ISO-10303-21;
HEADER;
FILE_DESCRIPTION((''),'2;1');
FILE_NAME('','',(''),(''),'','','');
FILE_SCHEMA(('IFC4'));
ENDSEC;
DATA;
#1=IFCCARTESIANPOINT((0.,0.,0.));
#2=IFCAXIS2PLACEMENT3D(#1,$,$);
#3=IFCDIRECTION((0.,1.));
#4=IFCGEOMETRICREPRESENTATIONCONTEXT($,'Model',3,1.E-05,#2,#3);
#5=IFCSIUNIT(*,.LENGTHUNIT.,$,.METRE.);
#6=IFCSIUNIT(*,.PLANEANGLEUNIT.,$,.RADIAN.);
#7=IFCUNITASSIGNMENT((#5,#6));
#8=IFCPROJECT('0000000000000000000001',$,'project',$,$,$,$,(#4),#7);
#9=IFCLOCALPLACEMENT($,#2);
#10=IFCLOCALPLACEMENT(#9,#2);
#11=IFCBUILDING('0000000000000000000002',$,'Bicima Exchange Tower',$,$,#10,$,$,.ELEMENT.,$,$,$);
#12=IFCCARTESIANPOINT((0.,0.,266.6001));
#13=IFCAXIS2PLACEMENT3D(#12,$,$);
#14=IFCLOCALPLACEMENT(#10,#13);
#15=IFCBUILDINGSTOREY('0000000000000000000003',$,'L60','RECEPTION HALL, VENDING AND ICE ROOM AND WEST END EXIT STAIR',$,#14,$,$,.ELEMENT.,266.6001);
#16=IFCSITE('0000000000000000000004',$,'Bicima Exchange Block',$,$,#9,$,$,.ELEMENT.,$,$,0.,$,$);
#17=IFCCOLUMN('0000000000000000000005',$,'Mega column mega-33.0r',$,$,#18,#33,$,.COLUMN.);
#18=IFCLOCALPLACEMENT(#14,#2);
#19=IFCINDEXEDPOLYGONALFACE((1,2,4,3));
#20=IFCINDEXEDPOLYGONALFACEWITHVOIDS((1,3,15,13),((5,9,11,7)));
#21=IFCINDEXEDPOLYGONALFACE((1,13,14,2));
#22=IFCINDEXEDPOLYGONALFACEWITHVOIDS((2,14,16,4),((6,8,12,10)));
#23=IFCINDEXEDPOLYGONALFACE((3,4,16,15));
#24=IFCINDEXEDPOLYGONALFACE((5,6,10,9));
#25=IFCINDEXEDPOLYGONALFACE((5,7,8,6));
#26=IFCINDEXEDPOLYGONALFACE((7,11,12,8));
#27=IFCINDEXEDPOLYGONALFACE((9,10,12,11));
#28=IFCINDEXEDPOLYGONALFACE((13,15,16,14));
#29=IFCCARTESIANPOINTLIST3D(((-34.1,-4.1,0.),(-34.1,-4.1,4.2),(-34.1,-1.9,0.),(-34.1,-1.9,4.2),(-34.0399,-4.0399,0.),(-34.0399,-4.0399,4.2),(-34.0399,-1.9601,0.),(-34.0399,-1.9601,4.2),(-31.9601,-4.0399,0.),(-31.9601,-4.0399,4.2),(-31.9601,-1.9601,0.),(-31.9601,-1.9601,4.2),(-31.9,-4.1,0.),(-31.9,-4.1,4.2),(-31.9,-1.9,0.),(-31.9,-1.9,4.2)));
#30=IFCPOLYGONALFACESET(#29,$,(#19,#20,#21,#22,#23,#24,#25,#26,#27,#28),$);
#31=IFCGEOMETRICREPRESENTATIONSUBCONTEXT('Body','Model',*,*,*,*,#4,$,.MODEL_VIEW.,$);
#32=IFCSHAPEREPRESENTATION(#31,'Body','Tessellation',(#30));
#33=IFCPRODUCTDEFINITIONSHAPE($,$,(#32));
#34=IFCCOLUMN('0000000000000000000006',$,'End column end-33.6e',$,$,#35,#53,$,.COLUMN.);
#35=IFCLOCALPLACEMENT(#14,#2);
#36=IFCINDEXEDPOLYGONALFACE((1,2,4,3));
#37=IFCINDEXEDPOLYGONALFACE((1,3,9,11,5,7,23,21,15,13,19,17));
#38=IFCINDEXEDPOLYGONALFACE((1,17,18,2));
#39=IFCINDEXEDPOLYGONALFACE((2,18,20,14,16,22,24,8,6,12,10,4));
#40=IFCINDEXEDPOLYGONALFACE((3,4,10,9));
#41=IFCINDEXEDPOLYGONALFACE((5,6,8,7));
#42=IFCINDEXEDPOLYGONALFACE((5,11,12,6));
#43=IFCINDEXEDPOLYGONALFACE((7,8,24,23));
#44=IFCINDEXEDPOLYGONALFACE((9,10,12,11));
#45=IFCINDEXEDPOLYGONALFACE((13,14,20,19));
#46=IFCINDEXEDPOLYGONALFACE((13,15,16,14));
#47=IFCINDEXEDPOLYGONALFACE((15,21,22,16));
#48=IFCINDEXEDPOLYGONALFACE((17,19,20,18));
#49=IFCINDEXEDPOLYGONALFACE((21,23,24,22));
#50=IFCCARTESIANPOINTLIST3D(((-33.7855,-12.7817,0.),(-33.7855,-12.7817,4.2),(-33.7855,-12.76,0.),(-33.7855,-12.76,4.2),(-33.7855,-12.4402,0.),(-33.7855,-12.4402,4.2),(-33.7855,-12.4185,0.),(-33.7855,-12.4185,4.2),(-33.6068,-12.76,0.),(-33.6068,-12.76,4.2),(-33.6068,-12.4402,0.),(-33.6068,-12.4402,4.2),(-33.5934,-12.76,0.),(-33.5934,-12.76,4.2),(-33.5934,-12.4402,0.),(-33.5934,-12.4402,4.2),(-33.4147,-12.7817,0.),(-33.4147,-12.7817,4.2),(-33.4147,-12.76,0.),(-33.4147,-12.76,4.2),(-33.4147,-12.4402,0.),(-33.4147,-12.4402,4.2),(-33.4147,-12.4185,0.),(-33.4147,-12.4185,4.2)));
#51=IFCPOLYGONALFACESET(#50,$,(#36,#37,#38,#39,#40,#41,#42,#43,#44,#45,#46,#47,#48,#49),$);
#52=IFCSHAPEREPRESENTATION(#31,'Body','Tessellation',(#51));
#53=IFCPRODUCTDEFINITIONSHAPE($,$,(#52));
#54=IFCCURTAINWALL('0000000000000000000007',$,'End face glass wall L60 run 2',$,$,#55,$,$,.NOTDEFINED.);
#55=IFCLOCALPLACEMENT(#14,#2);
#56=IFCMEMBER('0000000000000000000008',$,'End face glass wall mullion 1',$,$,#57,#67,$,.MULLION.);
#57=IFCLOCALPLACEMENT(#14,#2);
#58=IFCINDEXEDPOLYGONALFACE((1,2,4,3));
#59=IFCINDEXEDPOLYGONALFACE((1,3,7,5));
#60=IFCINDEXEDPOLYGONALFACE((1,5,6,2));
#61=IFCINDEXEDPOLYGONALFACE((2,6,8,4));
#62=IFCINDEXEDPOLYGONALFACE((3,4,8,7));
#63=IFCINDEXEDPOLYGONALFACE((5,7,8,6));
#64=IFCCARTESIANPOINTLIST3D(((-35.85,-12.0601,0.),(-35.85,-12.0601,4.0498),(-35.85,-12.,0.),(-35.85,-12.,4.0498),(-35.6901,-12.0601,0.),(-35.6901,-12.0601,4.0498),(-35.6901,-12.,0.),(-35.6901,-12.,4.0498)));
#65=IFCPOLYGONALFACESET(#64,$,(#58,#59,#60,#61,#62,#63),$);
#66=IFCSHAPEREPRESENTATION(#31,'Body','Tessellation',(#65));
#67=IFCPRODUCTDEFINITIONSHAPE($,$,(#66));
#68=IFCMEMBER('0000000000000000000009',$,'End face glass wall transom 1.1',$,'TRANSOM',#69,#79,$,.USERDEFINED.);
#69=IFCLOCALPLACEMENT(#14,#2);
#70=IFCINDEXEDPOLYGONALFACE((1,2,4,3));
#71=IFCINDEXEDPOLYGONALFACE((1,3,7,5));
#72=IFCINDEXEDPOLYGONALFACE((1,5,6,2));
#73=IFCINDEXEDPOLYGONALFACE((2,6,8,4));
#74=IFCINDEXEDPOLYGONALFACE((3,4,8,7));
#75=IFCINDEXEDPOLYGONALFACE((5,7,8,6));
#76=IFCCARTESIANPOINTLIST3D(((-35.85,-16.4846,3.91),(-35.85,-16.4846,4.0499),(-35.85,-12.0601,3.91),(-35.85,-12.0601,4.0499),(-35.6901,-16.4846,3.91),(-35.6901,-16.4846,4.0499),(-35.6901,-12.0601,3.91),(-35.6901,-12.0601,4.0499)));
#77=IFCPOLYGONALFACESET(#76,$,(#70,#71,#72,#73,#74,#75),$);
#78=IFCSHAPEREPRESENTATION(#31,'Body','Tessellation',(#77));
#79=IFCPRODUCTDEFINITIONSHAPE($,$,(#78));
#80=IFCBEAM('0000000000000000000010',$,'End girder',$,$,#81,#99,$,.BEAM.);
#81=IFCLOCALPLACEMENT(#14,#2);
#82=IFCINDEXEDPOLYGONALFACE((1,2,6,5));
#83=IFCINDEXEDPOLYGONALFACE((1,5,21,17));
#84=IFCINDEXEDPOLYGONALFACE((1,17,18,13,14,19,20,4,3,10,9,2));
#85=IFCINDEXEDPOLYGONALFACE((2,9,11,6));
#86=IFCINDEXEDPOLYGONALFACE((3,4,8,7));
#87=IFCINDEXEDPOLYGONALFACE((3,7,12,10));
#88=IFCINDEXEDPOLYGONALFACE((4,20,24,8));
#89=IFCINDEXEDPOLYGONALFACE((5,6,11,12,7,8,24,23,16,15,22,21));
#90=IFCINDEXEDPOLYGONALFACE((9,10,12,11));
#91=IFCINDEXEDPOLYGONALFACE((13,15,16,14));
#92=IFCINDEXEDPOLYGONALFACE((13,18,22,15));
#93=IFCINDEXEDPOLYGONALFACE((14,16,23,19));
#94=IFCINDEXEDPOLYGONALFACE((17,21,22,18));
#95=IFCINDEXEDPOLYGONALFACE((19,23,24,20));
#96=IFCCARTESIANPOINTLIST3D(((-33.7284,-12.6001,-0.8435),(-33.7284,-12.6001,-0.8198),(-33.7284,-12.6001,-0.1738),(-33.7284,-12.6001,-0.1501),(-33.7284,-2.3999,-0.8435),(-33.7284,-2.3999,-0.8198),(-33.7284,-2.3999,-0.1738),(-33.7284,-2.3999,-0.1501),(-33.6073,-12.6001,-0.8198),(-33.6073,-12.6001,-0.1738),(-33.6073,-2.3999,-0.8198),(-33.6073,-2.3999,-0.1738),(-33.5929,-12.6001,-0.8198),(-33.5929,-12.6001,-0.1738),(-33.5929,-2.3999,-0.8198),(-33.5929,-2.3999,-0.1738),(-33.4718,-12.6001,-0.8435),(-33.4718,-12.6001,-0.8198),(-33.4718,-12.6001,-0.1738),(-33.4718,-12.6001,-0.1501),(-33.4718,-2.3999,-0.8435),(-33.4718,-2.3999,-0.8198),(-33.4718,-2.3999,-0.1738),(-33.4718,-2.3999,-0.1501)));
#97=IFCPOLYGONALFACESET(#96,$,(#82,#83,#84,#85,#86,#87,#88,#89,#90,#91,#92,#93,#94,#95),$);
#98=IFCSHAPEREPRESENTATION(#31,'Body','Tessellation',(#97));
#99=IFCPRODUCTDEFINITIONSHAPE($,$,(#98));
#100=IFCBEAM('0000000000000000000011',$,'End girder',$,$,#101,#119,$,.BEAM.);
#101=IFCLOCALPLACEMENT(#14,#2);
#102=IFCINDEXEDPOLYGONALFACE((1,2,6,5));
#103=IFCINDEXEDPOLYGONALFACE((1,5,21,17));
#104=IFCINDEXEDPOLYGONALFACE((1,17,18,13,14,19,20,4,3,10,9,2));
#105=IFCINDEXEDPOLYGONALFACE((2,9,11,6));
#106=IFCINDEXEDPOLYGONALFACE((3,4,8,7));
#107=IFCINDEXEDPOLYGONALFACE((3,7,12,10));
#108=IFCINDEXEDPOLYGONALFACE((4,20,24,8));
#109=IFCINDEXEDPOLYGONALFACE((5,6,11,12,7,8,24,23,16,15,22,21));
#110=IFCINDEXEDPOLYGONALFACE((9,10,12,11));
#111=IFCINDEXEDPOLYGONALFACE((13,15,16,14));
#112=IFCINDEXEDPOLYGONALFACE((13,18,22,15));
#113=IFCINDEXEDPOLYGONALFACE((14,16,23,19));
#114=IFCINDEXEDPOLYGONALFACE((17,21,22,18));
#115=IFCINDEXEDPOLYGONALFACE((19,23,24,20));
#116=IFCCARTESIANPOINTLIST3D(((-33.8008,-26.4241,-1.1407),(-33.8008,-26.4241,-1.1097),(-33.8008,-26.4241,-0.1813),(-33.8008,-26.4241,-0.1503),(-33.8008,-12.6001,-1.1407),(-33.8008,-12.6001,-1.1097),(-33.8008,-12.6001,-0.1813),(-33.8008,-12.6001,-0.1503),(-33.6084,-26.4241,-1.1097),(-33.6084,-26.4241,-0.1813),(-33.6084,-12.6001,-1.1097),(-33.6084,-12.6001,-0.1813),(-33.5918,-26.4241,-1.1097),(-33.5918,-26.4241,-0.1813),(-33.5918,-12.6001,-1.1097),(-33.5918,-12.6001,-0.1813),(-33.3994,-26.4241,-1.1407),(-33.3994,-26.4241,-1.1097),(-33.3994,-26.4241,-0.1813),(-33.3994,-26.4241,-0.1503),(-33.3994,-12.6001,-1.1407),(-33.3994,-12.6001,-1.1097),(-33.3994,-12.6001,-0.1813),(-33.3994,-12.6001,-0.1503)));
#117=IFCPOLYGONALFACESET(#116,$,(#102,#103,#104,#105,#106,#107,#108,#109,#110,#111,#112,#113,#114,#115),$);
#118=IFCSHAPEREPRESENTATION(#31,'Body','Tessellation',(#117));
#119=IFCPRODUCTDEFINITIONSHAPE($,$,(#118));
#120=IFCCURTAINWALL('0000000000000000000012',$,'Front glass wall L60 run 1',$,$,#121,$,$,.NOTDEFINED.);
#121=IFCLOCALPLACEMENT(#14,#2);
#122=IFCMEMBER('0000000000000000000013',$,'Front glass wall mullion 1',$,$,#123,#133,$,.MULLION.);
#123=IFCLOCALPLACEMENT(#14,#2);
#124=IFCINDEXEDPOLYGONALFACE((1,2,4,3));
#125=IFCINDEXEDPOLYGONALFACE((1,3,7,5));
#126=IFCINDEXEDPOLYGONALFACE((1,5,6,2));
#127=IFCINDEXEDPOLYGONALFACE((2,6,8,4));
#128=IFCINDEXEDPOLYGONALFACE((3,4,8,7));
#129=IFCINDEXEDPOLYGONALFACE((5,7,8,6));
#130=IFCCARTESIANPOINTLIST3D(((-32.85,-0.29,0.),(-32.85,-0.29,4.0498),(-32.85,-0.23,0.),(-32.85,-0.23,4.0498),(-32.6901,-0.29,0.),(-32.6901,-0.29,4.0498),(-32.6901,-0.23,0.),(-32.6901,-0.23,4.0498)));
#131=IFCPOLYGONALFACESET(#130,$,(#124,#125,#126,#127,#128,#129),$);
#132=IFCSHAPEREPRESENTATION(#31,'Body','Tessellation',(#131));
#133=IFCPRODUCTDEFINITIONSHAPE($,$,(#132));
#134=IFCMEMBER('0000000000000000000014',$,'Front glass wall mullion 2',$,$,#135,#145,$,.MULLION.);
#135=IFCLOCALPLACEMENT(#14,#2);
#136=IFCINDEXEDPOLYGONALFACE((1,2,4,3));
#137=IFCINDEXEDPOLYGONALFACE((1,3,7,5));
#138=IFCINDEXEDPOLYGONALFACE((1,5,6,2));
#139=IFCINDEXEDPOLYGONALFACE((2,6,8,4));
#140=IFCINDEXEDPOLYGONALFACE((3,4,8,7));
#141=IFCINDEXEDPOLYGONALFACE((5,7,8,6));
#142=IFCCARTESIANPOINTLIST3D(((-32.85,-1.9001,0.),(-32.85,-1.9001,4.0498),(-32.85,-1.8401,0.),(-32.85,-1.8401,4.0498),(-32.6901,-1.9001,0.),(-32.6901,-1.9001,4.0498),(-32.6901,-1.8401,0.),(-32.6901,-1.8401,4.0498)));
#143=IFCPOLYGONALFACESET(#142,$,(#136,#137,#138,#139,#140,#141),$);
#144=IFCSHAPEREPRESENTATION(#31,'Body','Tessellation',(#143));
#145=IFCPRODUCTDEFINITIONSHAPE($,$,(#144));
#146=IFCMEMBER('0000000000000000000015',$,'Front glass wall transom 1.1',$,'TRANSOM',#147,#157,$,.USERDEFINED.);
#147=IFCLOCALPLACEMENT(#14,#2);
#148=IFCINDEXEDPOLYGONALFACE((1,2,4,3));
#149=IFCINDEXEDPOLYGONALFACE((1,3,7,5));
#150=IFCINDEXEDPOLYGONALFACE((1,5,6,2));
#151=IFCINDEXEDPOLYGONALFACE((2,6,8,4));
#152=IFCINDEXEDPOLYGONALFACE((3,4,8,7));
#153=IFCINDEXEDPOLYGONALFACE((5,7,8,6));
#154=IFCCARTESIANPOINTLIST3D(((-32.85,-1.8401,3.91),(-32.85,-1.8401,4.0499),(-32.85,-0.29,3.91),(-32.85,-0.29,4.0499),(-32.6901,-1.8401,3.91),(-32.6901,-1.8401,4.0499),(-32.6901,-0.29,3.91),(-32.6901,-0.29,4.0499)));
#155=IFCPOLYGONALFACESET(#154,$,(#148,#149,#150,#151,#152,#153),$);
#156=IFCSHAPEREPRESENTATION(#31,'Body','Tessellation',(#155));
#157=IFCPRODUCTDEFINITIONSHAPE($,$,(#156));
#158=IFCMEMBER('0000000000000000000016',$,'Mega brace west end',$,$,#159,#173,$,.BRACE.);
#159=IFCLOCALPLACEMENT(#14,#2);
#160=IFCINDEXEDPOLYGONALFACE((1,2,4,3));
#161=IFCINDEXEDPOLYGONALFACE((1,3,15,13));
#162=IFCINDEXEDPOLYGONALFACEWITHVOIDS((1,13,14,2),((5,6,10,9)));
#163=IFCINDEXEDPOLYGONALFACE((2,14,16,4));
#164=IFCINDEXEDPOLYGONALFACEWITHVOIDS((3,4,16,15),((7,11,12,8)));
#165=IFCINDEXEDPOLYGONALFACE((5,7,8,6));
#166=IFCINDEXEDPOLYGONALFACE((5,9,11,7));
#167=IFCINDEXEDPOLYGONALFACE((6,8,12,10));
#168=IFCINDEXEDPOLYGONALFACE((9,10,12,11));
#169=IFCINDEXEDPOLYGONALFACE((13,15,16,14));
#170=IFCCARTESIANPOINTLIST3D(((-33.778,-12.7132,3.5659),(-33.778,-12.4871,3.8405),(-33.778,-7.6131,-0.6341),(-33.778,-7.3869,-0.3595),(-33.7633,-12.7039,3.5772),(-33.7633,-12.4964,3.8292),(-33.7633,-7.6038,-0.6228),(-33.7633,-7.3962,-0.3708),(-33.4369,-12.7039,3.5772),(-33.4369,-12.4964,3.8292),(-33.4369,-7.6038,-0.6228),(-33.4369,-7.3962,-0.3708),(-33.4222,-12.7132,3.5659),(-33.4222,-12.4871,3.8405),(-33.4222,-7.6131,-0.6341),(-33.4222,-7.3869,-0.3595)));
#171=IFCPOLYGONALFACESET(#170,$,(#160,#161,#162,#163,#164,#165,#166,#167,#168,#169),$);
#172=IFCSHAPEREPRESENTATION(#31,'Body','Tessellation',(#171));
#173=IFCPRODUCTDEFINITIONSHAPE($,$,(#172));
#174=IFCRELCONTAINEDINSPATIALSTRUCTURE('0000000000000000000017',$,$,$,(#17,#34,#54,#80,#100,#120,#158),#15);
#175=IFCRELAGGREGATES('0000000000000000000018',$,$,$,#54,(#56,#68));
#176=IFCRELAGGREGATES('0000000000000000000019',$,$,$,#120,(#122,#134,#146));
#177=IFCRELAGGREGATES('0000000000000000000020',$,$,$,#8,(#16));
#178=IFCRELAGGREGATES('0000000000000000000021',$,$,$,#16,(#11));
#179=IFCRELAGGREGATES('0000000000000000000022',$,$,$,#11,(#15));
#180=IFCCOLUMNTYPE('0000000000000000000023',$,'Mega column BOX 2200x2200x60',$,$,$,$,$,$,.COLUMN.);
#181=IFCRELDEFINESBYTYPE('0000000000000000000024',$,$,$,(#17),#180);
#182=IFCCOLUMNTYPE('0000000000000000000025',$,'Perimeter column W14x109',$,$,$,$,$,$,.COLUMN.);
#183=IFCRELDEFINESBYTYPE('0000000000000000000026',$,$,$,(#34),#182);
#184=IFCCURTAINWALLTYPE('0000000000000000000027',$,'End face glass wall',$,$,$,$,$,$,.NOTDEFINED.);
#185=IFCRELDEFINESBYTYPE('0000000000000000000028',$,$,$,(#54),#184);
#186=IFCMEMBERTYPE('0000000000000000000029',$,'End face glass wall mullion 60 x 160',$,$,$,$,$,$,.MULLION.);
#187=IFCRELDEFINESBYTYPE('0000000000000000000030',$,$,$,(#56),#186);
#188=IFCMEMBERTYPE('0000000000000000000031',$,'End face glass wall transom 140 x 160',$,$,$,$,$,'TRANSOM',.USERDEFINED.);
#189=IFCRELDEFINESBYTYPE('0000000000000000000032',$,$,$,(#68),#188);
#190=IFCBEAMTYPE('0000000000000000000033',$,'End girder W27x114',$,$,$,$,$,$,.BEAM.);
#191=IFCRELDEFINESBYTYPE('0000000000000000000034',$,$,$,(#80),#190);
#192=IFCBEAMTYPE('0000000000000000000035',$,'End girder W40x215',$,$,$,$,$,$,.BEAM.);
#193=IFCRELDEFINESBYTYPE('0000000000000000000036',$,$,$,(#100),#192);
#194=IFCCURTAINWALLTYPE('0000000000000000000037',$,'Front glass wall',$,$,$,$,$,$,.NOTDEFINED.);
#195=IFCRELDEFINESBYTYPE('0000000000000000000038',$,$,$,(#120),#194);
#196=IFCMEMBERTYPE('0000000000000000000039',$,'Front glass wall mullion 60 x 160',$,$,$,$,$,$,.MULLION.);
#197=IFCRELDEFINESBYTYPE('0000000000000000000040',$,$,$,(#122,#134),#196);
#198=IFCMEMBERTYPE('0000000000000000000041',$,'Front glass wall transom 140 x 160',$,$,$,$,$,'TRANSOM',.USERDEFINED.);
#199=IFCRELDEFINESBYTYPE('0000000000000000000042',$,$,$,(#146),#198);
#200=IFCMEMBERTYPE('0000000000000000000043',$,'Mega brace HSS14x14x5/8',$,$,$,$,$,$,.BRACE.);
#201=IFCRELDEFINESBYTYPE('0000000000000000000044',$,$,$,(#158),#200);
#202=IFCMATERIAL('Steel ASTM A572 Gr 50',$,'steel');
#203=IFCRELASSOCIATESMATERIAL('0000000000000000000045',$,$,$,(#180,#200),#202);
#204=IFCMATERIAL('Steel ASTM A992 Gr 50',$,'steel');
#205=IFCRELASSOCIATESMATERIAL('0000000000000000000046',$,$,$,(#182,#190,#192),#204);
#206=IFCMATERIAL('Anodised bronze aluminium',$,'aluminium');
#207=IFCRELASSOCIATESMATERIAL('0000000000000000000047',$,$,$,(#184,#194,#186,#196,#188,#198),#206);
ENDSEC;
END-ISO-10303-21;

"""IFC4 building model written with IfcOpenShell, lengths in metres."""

from ifc_helpers import new_model, si_unit, direction, frame, origin, origin_2d, place, context, subcontext, project, spatial, rectangle, hollow_rectangle, i_section, extrude, material, material_profile, profile_set, type_object, element, aggregate, save


model = new_model("IFC4")

# Units and contexts
model_context = context("Model", 3, precision=1e-05, world=origin(), true_north=direction((0.0, 1.0)))
body_context = subcontext(model_context, "Body", "Model", "MODEL_VIEW")
ifc_project = project(units=[si_unit("LENGTHUNIT", "METRE"), si_unit("PLANEANGLEUNIT", "RADIAN")], contexts=[model_context])

# Site, building, storey
site_placement = place(None, origin())
site = spatial("IfcSite", under=ifc_project, at=site_placement, Name="Bicima Exchange Block", CompositionType="ELEMENT", RefElevation=0.0)
building_placement = place(site_placement, origin())
building = spatial("IfcBuilding", under=site, at=building_placement, Name="Bicima Exchange Tower", CompositionType="ELEMENT")
storey_placement = place(building_placement, frame((0.0, 0.0, 266.6001)))
storey = spatial("IfcBuildingStorey", under=building, at=storey_placement, Name="L60", Description="RECEPTION HALL, VENDING AND ICE ROOM AND WEST END EXIT STAIR", CompositionType="ELEMENT", Elevation=266.6001)

# Columns
ifc_material_1 = material(Name="Steel ASTM A572 Gr 50", Category="steel")
ifc_material_profile_1 = material_profile(ifc_material_1, hollow_rectangle(XDim=2.2, YDim=2.2, WallThickness=0.0601, at=origin_2d()))
ifc_profile_set_1 = profile_set([ifc_material_profile_1], Name="Steel ASTM A572 Gr 50")
column_type_1 = type_object("IfcColumnType", Name="Mega column BOX 2200x2200x60", PredefinedType="COLUMN", material=ifc_profile_set_1)
column_1_placement = place(storey_placement, frame((-33.0, -3.0, 0.0), z_axis=(0.0, 0.0, 1.0), x_axis=(1.0, 0.0, 0.0)))
element("IfcColumn", 1, at=column_1_placement, inside=storey, type_object=column_type_1, Name="Mega column mega-33.0r", PredefinedType="COLUMN", context=body_context, shape_type="SweptSolid", body=[
    extrude(hollow_rectangle(XDim=2.2, YDim=2.2, WallThickness=0.0601, at=origin_2d()), origin(), (0.0, 0.0, 1.0), 4.2),
])
ifc_material_2 = material(Name="Steel ASTM A992 Gr 50", Category="steel")
ifc_material_profile_2 = material_profile(ifc_material_2, i_section(OverallWidth=0.3708, OverallDepth=0.3633, WebThickness=0.0134, FlangeThickness=0.0217, at=origin_2d()))
ifc_profile_set_2 = profile_set([ifc_material_profile_2], Name="Steel ASTM A992 Gr 50")
column_type_2 = type_object("IfcColumnType", Name="Perimeter column W14x109", PredefinedType="COLUMN", material=ifc_profile_set_2)
column_2_placement = place(storey_placement, frame((-33.6001, -12.6001, 0.0), z_axis=(0.0, 0.0, 1.0), x_axis=(1.0, 0.0, 0.0)))
element("IfcColumn", 2, at=column_2_placement, inside=storey, type_object=column_type_2, Name="End column end-33.6e", PredefinedType="COLUMN", context=body_context, shape_type="SweptSolid", body=[
    extrude(i_section(OverallWidth=0.3708, OverallDepth=0.3633, WebThickness=0.0134, FlangeThickness=0.0217, at=origin_2d()), origin(), (0.0, 0.0, 1.0), 4.2),
])

# Curtain wall, members
ifc_material_3 = material(Name="Anodised bronze aluminium", Category="aluminium")
curtain_wall_type_1 = type_object("IfcCurtainWallType", Name="End face glass wall", PredefinedType="NOTDEFINED", material=ifc_material_3)
curtain_wall_1_placement = place(storey_placement, origin())
curtain_wall_1 = element("IfcCurtainWall", 3, at=curtain_wall_1_placement, inside=storey, type_object=curtain_wall_type_1, Name="End face glass wall L60 run 2", PredefinedType="NOTDEFINED")
ifc_material_profile_3 = material_profile(ifc_material_3, rectangle(XDim=0.1599, YDim=0.0601, at=origin_2d()))
ifc_profile_set_3 = profile_set([ifc_material_profile_3], Name="Anodised bronze aluminium")
member_type_1 = type_object("IfcMemberType", Name="End face glass wall mullion 60 x 160", PredefinedType="MULLION", material=ifc_profile_set_3)
member_1_placement = place(storey_placement, frame((-35.77, -12.03, 0.0), z_axis=(0.0, 0.0, 1.0), x_axis=(1.0, 0.0, 0.0)))
member_1 = element("IfcMember", 4, at=member_1_placement, type_object=member_type_1, Name="End face glass wall mullion 1", PredefinedType="MULLION", context=body_context, shape_type="SweptSolid", body=[
    extrude(rectangle(XDim=0.1599, YDim=0.0601, at=origin_2d()), origin(), (0.0, 0.0, 1.0), 4.0498),
])
ifc_material_profile_4 = material_profile(ifc_material_3, rectangle(XDim=0.1599, YDim=0.1399, at=origin_2d()))
ifc_profile_set_4 = profile_set([ifc_material_profile_4], Name="Anodised bronze aluminium")
member_type_2 = type_object("IfcMemberType", Name="End face glass wall transom 140 x 160", ElementType="TRANSOM", PredefinedType="USERDEFINED", material=ifc_profile_set_4)
member_2_placement = place(storey_placement, frame((-35.77, -12.0601, 3.98), z_axis=(0.0, -1.0, 0.0), x_axis=(1.0, 0.0, 0.0)))
member_2 = element("IfcMember", 5, at=member_2_placement, type_object=member_type_2, Name="End face glass wall transom 1.1", ObjectType="TRANSOM", PredefinedType="USERDEFINED", context=body_context, shape_type="SweptSolid", body=[
    extrude(rectangle(XDim=0.1599, YDim=0.1399, at=origin_2d()), origin(), (0.0, 0.0, 1.0), 4.4246),
])
aggregate(curtain_wall_1, [member_1, member_2])

# Beams
ifc_material_profile_5 = material_profile(ifc_material_2, i_section(OverallWidth=0.2566, OverallDepth=0.6934, WebThickness=0.0144, FlangeThickness=0.0237, at=origin_2d()))
ifc_profile_set_5 = profile_set([ifc_material_profile_5], Name="Steel ASTM A992 Gr 50")
beam_type_1 = type_object("IfcBeamType", Name="End girder W27x114", PredefinedType="BEAM", material=ifc_profile_set_5)
beam_1_placement = place(storey_placement, frame((-33.6001, -2.3999, -0.4968), z_axis=(0.0, -1.0, 0.0), x_axis=(1.0, 0.0, 0.0)))
element("IfcBeam", 6, at=beam_1_placement, inside=storey, type_object=beam_type_1, Name="End girder", PredefinedType="BEAM", context=body_context, shape_type="SweptSolid", body=[
    extrude(i_section(OverallWidth=0.2566, OverallDepth=0.6934, WebThickness=0.0144, FlangeThickness=0.0237, at=origin_2d()), origin(), (0.0, 0.0, 1.0), 10.2002),
])
ifc_material_profile_6 = material_profile(ifc_material_2, i_section(OverallWidth=0.4014, OverallDepth=0.9905, WebThickness=0.0166, FlangeThickness=0.031, at=origin_2d()))
ifc_profile_set_6 = profile_set([ifc_material_profile_6], Name="Steel ASTM A992 Gr 50")
beam_type_2 = type_object("IfcBeamType", Name="End girder W40x215", PredefinedType="BEAM", material=ifc_profile_set_6)
beam_2_placement = place(storey_placement, frame((-33.6001, -12.6001, -0.6455), z_axis=(0.0, -1.0, 0.0), x_axis=(1.0, 0.0, 0.0)))
element("IfcBeam", 7, at=beam_2_placement, inside=storey, type_object=beam_type_2, Name="End girder", PredefinedType="BEAM", context=body_context, shape_type="SweptSolid", body=[
    extrude(i_section(OverallWidth=0.4014, OverallDepth=0.9905, WebThickness=0.0166, FlangeThickness=0.031, at=origin_2d()), origin(), (0.0, 0.0, 1.0), 13.824),
])

# Curtain wall, members
curtain_wall_type_2 = type_object("IfcCurtainWallType", Name="Front glass wall", PredefinedType="NOTDEFINED", material=ifc_material_3)
curtain_wall_2_placement = place(storey_placement, origin())
curtain_wall_2 = element("IfcCurtainWall", 8, at=curtain_wall_2_placement, inside=storey, type_object=curtain_wall_type_2, Name="Front glass wall L60 run 1", PredefinedType="NOTDEFINED")
member_type_3 = type_object("IfcMemberType", Name="Front glass wall mullion 60 x 160", PredefinedType="MULLION", material=ifc_profile_set_3)
member_3_placement = place(storey_placement, frame((-32.77, -0.26, 0.0), z_axis=(0.0, 0.0, 1.0), x_axis=(1.0, 0.0, 0.0)))
member_3 = element("IfcMember", 9, at=member_3_placement, type_object=member_type_3, Name="Front glass wall mullion 1", PredefinedType="MULLION", context=body_context, shape_type="SweptSolid", body=[
    extrude(rectangle(XDim=0.1599, YDim=0.0601, at=origin_2d()), origin(), (0.0, 0.0, 1.0), 4.0498),
])
member_4_placement = place(storey_placement, frame((-32.77, -1.8701, 0.0), z_axis=(0.0, 0.0, 1.0), x_axis=(1.0, 0.0, 0.0)))
member_4 = element("IfcMember", 10, at=member_4_placement, type_object=member_type_3, Name="Front glass wall mullion 2", PredefinedType="MULLION", context=body_context, shape_type="SweptSolid", body=[
    extrude(rectangle(XDim=0.1599, YDim=0.0601, at=origin_2d()), origin(), (0.0, 0.0, 1.0), 4.0498),
])
member_type_4 = type_object("IfcMemberType", Name="Front glass wall transom 140 x 160", ElementType="TRANSOM", PredefinedType="USERDEFINED", material=ifc_profile_set_4)
member_5_placement = place(storey_placement, frame((-32.77, -0.29, 3.98), z_axis=(0.0, -1.0, 0.0), x_axis=(1.0, 0.0, 0.0)))
member_5 = element("IfcMember", 11, at=member_5_placement, type_object=member_type_4, Name="Front glass wall transom 1.1", ObjectType="TRANSOM", PredefinedType="USERDEFINED", context=body_context, shape_type="SweptSolid", body=[
    extrude(rectangle(XDim=0.1599, YDim=0.1399, at=origin_2d()), origin(), (0.0, 0.0, 1.0), 1.55),
])

# Member
ifc_material_profile_7 = material_profile(ifc_material_1, hollow_rectangle(XDim=0.3557, YDim=0.3557, WallThickness=0.0146, at=origin_2d()))
ifc_profile_set_7 = profile_set([ifc_material_profile_7], Name="Steel ASTM A572 Gr 50")
member_type_5 = type_object("IfcMemberType", Name="Mega brace HSS14x14x5/8", PredefinedType="BRACE", material=ifc_profile_set_7)
for number, where, z_axis, x_axis, name in (
    (12, (-33.6001, -7.5, -0.4968), (0.0, -0.77194, 0.635696), (1.0, 0.0, 0.0), "Mega brace west end"),
):
    element("IfcMember", number, at=place(storey_placement, frame(where, z_axis=z_axis, x_axis=x_axis)), inside=storey, type_object=member_type_5, Name=name, PredefinedType="BRACE", context=body_context, shape_type="SweptSolid", body=[
        extrude(hollow_rectangle(XDim=0.3557, YDim=0.3557, WallThickness=0.0146, at=origin_2d()), origin(), (0.0, 0.0, 1.0), 6.6069),
    ])

aggregate(curtain_wall_2, [member_3, member_4, member_5])

save(model, "model.ifc")
